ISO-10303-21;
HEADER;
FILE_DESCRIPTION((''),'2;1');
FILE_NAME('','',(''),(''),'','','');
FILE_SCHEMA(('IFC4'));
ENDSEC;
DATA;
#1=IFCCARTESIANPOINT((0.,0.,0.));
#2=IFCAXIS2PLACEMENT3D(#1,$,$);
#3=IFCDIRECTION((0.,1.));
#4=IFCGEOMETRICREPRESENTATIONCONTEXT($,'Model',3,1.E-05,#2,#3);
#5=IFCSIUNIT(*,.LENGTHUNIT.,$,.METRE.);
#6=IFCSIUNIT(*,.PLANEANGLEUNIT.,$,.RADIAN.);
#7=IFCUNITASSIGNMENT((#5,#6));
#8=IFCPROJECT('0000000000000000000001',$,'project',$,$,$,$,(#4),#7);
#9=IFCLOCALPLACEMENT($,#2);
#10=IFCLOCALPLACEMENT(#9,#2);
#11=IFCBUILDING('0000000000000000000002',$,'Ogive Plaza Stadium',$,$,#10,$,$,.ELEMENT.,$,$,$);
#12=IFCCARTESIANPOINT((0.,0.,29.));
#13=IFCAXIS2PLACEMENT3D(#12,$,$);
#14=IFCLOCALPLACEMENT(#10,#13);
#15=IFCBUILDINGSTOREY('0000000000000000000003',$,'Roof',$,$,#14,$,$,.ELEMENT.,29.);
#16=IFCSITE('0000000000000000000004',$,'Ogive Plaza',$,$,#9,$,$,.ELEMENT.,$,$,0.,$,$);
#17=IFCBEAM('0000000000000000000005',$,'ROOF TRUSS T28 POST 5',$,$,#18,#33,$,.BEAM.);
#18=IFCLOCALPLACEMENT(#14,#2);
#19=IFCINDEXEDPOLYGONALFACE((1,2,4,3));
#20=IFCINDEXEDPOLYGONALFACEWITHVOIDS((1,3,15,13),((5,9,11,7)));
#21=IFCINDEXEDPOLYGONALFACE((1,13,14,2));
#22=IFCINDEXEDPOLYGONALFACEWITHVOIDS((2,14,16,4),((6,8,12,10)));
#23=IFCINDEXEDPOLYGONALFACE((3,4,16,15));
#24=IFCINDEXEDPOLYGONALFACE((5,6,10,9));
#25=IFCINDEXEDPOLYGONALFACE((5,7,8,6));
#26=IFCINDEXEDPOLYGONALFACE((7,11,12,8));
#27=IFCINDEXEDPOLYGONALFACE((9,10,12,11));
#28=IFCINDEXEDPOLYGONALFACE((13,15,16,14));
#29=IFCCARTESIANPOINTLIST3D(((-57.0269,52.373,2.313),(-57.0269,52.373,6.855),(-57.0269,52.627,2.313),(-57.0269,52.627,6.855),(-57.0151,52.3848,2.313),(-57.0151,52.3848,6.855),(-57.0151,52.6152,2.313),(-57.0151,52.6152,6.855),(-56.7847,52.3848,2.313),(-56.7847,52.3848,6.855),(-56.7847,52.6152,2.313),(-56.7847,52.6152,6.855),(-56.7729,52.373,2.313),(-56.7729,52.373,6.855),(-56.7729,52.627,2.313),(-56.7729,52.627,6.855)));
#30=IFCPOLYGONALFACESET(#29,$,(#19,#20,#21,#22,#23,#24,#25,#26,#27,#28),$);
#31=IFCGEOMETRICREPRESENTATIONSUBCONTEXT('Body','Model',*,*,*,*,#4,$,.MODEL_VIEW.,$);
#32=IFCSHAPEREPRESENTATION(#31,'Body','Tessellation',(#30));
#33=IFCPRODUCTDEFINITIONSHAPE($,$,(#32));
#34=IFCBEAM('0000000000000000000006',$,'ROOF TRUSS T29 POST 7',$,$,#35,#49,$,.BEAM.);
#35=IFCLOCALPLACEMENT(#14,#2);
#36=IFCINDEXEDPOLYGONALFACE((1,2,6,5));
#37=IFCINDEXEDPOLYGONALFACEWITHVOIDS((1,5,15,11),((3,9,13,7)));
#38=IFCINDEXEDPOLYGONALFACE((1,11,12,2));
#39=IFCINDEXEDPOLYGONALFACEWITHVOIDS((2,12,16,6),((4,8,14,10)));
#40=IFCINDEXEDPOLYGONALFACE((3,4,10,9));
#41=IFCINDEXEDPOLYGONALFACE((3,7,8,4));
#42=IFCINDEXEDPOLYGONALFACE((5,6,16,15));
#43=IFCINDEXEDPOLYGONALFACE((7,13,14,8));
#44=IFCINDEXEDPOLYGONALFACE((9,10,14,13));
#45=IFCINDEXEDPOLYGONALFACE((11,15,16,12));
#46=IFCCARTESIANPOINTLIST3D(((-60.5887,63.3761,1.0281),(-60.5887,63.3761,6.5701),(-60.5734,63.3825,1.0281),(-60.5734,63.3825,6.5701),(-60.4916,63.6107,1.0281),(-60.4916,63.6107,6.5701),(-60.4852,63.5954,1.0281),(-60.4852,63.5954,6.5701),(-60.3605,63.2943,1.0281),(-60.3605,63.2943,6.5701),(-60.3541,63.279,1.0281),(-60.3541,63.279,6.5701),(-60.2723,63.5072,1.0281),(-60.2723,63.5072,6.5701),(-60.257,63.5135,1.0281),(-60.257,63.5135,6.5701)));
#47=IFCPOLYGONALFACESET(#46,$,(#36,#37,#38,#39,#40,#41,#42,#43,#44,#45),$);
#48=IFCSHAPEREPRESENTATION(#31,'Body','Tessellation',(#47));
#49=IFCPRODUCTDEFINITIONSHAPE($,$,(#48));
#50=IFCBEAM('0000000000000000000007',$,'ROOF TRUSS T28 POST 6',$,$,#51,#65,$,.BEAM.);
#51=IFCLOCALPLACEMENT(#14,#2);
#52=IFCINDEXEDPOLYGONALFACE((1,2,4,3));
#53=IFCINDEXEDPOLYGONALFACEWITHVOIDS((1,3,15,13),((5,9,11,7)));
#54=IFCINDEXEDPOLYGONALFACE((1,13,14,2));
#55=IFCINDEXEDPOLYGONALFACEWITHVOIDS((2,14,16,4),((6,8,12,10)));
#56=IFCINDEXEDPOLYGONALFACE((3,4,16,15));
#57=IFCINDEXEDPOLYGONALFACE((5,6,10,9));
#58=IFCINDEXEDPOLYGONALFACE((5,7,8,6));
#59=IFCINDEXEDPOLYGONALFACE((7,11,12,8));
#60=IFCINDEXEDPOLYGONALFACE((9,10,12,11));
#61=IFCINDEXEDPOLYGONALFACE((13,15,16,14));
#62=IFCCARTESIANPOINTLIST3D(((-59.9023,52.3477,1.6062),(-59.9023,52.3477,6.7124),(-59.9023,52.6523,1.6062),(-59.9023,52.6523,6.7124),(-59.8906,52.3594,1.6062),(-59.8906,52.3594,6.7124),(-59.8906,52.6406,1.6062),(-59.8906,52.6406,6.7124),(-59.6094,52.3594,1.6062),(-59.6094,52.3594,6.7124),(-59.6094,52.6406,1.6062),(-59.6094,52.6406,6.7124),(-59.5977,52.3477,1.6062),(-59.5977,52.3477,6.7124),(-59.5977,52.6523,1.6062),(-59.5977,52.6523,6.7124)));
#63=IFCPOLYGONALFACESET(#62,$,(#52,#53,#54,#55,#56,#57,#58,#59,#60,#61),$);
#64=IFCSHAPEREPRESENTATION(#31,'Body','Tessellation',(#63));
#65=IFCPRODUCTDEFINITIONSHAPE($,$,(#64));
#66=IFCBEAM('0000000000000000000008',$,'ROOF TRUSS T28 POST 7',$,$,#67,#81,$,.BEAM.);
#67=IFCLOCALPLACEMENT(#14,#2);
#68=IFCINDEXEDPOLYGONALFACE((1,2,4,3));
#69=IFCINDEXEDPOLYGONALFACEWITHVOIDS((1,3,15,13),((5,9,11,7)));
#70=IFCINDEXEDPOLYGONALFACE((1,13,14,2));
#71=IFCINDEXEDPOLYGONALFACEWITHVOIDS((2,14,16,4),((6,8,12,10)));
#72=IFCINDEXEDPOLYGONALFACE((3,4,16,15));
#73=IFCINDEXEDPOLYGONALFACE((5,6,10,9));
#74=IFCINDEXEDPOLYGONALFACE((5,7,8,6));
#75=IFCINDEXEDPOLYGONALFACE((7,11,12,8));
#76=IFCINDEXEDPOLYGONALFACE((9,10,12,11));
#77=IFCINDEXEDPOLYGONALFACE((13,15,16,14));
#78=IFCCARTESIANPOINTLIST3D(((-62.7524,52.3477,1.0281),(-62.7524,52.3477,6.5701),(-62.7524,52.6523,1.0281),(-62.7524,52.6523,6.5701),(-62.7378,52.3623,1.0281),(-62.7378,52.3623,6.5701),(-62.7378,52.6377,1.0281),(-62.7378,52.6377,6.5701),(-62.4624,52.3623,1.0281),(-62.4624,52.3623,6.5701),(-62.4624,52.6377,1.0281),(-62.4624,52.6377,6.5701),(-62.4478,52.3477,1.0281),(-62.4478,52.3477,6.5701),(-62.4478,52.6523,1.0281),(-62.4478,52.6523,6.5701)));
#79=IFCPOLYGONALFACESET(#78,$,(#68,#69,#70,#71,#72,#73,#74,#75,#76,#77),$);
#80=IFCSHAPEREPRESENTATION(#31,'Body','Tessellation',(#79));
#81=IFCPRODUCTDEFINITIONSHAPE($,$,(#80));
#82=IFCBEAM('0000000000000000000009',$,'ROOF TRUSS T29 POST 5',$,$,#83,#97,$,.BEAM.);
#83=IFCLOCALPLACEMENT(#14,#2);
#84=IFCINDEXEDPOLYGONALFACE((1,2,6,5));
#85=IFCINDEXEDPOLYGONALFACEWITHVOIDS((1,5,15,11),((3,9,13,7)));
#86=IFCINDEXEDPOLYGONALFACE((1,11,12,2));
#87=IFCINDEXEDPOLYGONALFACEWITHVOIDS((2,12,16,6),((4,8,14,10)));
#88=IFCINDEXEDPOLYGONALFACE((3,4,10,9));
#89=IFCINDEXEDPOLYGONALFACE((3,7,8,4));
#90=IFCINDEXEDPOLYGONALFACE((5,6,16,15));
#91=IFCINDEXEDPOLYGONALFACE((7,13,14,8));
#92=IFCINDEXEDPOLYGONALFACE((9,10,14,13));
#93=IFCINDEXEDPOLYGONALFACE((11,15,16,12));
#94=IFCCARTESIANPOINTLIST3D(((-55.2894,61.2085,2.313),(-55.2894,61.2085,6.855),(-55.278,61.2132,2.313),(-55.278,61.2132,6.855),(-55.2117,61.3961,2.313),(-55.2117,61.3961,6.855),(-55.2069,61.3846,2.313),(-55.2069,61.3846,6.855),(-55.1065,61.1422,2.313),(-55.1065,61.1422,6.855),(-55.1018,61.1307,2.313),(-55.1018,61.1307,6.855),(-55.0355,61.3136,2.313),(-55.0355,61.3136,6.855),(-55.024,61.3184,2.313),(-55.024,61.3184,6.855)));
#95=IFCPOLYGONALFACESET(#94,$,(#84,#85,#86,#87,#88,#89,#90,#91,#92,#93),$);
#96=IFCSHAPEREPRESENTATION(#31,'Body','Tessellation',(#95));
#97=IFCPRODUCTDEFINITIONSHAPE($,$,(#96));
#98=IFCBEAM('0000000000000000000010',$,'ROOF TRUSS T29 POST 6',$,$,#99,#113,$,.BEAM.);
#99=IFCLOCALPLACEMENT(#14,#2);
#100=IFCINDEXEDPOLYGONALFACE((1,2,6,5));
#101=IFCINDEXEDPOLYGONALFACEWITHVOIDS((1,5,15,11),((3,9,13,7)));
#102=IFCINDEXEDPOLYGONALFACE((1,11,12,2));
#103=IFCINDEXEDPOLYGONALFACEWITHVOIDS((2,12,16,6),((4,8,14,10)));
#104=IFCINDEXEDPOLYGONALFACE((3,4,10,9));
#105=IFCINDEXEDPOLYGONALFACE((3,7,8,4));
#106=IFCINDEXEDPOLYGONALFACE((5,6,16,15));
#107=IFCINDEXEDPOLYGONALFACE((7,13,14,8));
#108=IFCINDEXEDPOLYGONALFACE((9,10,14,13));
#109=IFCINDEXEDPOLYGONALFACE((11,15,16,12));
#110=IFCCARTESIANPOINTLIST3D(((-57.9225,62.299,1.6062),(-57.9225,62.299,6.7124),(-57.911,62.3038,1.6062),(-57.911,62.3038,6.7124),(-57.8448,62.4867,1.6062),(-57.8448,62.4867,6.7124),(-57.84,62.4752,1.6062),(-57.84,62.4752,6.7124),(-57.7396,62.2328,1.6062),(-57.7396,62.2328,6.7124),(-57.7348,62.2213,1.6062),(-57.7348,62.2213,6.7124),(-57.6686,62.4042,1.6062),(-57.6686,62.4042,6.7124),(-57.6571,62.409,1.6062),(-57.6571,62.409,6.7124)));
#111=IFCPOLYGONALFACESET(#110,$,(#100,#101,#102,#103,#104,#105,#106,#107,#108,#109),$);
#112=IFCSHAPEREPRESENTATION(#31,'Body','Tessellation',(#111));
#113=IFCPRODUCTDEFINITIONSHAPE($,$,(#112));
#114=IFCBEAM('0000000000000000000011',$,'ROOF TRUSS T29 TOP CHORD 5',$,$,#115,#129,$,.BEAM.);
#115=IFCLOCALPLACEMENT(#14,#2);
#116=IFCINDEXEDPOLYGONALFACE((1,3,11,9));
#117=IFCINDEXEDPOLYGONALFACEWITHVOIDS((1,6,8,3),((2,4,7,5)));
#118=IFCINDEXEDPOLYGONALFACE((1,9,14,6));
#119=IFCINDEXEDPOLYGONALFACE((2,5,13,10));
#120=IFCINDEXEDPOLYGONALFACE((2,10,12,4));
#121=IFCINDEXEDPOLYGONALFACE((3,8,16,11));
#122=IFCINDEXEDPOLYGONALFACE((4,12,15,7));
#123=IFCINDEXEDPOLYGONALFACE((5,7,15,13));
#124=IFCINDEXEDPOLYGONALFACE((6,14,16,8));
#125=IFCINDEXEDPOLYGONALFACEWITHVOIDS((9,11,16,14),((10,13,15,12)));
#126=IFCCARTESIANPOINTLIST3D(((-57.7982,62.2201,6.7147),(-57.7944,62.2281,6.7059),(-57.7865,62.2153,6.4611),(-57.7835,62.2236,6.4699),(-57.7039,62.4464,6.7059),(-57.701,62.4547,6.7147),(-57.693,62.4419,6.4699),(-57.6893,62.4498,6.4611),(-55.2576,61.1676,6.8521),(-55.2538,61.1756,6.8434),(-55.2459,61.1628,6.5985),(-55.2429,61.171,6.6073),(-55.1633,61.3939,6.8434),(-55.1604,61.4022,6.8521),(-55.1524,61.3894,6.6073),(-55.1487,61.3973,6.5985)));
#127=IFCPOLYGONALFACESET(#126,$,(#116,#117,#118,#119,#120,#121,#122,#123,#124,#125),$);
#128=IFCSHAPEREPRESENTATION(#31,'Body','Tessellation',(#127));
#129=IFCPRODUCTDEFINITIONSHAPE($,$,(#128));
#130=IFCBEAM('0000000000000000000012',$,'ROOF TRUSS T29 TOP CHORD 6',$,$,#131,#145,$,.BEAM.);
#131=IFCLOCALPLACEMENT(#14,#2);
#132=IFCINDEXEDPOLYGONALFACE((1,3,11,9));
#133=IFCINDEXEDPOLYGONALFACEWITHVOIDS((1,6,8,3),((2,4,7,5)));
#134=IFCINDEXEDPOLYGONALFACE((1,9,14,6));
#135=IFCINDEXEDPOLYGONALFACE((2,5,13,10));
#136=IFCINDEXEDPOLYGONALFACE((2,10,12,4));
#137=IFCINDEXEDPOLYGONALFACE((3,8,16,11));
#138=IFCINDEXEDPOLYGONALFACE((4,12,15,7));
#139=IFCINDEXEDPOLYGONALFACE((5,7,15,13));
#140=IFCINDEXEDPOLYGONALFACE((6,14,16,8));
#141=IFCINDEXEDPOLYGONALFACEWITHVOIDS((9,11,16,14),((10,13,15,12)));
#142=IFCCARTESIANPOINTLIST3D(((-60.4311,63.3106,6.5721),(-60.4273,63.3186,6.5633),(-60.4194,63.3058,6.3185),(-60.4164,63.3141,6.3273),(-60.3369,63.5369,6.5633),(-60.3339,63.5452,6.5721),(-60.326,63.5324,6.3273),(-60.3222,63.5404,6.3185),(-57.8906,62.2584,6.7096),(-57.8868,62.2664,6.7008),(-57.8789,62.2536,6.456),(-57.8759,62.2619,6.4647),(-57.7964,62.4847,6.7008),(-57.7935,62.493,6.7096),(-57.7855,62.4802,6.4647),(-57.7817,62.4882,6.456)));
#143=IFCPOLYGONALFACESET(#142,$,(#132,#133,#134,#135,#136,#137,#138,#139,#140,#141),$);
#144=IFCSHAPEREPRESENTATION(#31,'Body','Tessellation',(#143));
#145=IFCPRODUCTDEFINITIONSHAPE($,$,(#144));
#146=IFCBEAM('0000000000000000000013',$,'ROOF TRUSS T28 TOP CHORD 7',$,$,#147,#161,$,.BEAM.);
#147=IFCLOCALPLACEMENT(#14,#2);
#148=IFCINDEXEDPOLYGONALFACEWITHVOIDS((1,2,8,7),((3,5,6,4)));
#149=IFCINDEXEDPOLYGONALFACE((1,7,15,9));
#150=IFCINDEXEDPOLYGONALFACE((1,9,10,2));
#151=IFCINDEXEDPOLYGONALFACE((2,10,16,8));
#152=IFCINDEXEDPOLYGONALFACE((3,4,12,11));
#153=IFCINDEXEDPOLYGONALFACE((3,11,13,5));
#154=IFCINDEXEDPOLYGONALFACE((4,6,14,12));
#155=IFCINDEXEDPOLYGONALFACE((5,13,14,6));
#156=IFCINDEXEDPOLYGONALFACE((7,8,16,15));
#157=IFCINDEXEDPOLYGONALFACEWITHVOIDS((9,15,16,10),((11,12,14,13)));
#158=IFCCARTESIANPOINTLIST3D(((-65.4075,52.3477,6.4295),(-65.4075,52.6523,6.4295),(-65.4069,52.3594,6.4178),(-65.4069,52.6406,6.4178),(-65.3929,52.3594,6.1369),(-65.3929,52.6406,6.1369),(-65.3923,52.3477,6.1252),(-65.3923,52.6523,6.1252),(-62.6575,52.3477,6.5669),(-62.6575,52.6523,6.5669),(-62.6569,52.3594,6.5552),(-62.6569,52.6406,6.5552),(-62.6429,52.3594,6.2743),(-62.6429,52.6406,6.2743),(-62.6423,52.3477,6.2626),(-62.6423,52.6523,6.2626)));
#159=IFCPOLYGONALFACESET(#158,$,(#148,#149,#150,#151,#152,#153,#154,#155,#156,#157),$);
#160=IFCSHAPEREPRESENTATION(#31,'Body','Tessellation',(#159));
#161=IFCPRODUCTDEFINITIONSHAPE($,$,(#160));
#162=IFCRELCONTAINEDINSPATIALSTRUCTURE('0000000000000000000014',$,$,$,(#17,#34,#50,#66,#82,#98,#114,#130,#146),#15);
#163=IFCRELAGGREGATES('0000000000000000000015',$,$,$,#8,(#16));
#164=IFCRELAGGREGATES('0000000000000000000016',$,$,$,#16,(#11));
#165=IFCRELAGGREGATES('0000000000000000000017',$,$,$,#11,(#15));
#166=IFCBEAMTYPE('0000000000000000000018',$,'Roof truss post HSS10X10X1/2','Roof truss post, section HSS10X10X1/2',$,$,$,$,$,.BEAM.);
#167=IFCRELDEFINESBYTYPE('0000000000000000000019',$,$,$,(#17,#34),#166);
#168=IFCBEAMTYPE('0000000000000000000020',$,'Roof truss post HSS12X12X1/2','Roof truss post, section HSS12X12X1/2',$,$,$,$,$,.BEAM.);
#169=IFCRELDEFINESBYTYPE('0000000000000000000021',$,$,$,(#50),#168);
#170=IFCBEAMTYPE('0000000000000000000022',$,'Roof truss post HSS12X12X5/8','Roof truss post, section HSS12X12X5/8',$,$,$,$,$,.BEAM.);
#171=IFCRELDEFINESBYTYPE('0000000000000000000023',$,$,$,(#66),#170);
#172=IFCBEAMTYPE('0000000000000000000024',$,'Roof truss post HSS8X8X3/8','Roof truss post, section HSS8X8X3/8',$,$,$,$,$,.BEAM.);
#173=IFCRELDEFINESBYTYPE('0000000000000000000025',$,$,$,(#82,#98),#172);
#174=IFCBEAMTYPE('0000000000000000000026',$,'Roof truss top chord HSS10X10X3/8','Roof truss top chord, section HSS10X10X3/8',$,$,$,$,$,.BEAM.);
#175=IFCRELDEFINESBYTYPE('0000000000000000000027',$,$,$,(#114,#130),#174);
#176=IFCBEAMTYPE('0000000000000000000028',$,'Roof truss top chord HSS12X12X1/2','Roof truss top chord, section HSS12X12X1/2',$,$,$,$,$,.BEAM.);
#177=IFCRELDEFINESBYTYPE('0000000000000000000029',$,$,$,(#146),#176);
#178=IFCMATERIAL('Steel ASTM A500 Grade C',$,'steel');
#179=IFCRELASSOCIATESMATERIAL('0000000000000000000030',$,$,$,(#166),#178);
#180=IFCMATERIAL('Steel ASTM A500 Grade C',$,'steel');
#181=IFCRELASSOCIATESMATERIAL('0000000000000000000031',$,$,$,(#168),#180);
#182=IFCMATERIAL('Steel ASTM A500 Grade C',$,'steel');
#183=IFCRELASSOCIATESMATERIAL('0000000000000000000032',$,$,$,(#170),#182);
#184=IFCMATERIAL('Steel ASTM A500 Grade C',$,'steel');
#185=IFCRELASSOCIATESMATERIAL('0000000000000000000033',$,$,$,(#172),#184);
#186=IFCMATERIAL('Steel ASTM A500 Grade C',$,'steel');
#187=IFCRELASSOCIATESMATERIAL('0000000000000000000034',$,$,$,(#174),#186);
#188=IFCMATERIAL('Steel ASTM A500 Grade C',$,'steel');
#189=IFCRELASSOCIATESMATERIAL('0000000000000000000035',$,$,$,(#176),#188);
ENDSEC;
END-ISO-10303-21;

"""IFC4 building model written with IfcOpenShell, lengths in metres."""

from ifc_helpers import new_model, si_unit, direction, frame, origin, origin_2d, place, context, subcontext, project, spatial, hollow_rectangle, extrude, material, material_profile, profile_set, type_object, element, save


model = new_model("IFC4")

# Units and contexts
model_context = context("Model", 3, precision=1e-05, world=origin(), true_north=direction((0.0, 1.0)))
body_context = subcontext(model_context, "Body", "Model", "MODEL_VIEW")
ifc_project = project(units=[si_unit("LENGTHUNIT", "METRE"), si_unit("PLANEANGLEUNIT", "RADIAN")], contexts=[model_context])

# Site, building, storey
site_placement = place(None, origin())
site = spatial("IfcSite", under=ifc_project, at=site_placement, Name="Ogive Plaza", CompositionType="ELEMENT", RefElevation=0.0)
building_placement = place(site_placement, origin())
building = spatial("IfcBuilding", under=site, at=building_placement, Name="Ogive Plaza Stadium", CompositionType="ELEMENT")
storey_placement = place(building_placement, frame((0.0, 0.0, 29.0)))
storey = spatial("IfcBuildingStorey", under=building, at=storey_placement, Name="Roof", CompositionType="ELEMENT", Elevation=29.0)

# Beams
ifc_material_1 = material(Name="Steel ASTM A500 Grade C", Category="steel")
ifc_material_profile_1 = material_profile(ifc_material_1, hollow_rectangle(XDim=0.2539, YDim=0.2539, WallThickness=0.0117, at=origin_2d()), Name="HSS10X10X1/2")
ifc_profile_set_1 = profile_set([ifc_material_profile_1], Name="Steel ASTM A500 Grade C")
beam_type_1 = type_object("IfcBeamType", Name="Roof truss post HSS10X10X1/2", Description="Roof truss post, section HSS10X10X1/2", PredefinedType="BEAM", material=ifc_profile_set_1)
beam_1_placement = place(storey_placement, frame((-56.8999, 52.5, 2.313), z_axis=(0.0, 0.0, 1.0), x_axis=(0.0, -1.0, 0.0)))
element("IfcBeam", 1, at=beam_1_placement, inside=storey, type_object=beam_type_1, Name="ROOF TRUSS T28 POST 5", PredefinedType="BEAM", context=body_context, shape_type="SweptSolid", body=[
    extrude(hollow_rectangle(XDim=0.2539, YDim=0.2539, WallThickness=0.0117, at=origin_2d()), origin(), (0.0, 0.0, 1.0), 4.542),
])
beam_2_placement = place(storey_placement, frame((-60.4229, 63.4448, 1.0281), z_axis=(0.0, 0.0, 1.0), x_axis=(-0.382683, -0.92388, 0.0)))
element("IfcBeam", 2, at=beam_2_placement, inside=storey, type_object=beam_type_1, Name="ROOF TRUSS T29 POST 7", PredefinedType="BEAM", context=body_context, shape_type="SweptSolid", body=[
    extrude(hollow_rectangle(XDim=0.2539, YDim=0.2539, WallThickness=0.0117, at=origin_2d()), origin(), (0.0, 0.0, 1.0), 5.542),
])
ifc_material_2 = material(Name="Steel ASTM A500 Grade C", Category="steel")
ifc_material_profile_2 = material_profile(ifc_material_2, hollow_rectangle(XDim=0.3047, YDim=0.3047, WallThickness=0.0117, at=origin_2d()), Name="HSS12X12X1/2")
ifc_profile_set_2 = profile_set([ifc_material_profile_2], Name="Steel ASTM A500 Grade C")
beam_type_2 = type_object("IfcBeamType", Name="Roof truss post HSS12X12X1/2", Description="Roof truss post, section HSS12X12X1/2", PredefinedType="BEAM", material=ifc_profile_set_2)
beam_3_placement = place(storey_placement, frame((-59.75, 52.5, 1.6062), z_axis=(0.0, 0.0, 1.0), x_axis=(0.0, -1.0, 0.0)))
element("IfcBeam", 3, at=beam_3_placement, inside=storey, type_object=beam_type_2, Name="ROOF TRUSS T28 POST 6", PredefinedType="BEAM", context=body_context, shape_type="SweptSolid", body=[
    extrude(hollow_rectangle(XDim=0.3047, YDim=0.3047, WallThickness=0.0117, at=origin_2d()), origin(), (0.0, 0.0, 1.0), 5.1062),
])
ifc_material_3 = material(Name="Steel ASTM A500 Grade C", Category="steel")
ifc_material_profile_3 = material_profile(ifc_material_3, hollow_rectangle(XDim=0.3047, YDim=0.3047, WallThickness=0.0146, at=origin_2d()), Name="HSS12X12X5/8")
ifc_profile_set_3 = profile_set([ifc_material_profile_3], Name="Steel ASTM A500 Grade C")
beam_type_3 = type_object("IfcBeamType", Name="Roof truss post HSS12X12X5/8", Description="Roof truss post, section HSS12X12X5/8", PredefinedType="BEAM", material=ifc_profile_set_3)
beam_4_placement = place(storey_placement, frame((-62.6001, 52.5, 1.0281), z_axis=(0.0, 0.0, 1.0), x_axis=(0.0, -1.0, 0.0)))
element("IfcBeam", 4, at=beam_4_placement, inside=storey, type_object=beam_type_3, Name="ROOF TRUSS T28 POST 7", PredefinedType="BEAM", context=body_context, shape_type="SweptSolid", body=[
    extrude(hollow_rectangle(XDim=0.3047, YDim=0.3047, WallThickness=0.0146, at=origin_2d()), origin(), (0.0, 0.0, 1.0), 5.542),
])
ifc_material_4 = material(Name="Steel ASTM A500 Grade C", Category="steel")
ifc_material_profile_4 = material_profile(ifc_material_4, hollow_rectangle(XDim=0.2031, YDim=0.2031, WallThickness=0.0088, at=origin_2d()), Name="HSS8X8X3/8")
ifc_profile_set_4 = profile_set([ifc_material_profile_4], Name="Steel ASTM A500 Grade C")
beam_type_4 = type_object("IfcBeamType", Name="Roof truss post HSS8X8X3/8", Description="Roof truss post, section HSS8X8X3/8", PredefinedType="BEAM", material=ifc_profile_set_4)
beam_5_placement = place(storey_placement, frame((-55.1567, 61.2634, 2.313), z_axis=(0.0, 0.0, 1.0), x_axis=(-0.382683, -0.92388, 0.0)))
element("IfcBeam", 5, at=beam_5_placement, inside=storey, type_object=beam_type_4, Name="ROOF TRUSS T29 POST 5", PredefinedType="BEAM", context=body_context, shape_type="SweptSolid", body=[
    extrude(hollow_rectangle(XDim=0.2031, YDim=0.2031, WallThickness=0.0088, at=origin_2d()), origin(), (0.0, 0.0, 1.0), 4.542),
])
beam_6_placement = place(storey_placement, frame((-57.7898, 62.354, 1.6062), z_axis=(0.0, 0.0, 1.0), x_axis=(-0.382683, -0.92388, 0.0)))
element("IfcBeam", 6, at=beam_6_placement, inside=storey, type_object=beam_type_4, Name="ROOF TRUSS T29 POST 6", PredefinedType="BEAM", context=body_context, shape_type="SweptSolid", body=[
    extrude(hollow_rectangle(XDim=0.2031, YDim=0.2031, WallThickness=0.0088, at=origin_2d()), origin(), (0.0, 0.0, 1.0), 5.1062),
])
ifc_material_5 = material(Name="Steel ASTM A500 Grade C", Category="steel")
ifc_material_profile_5 = material_profile(ifc_material_5, hollow_rectangle(XDim=0.2539, YDim=0.2539, WallThickness=0.0088, at=origin_2d()), Name="HSS10X10X3/8")
ifc_profile_set_5 = profile_set([ifc_material_profile_5], Name="Steel ASTM A500 Grade C")
beam_type_5 = type_object("IfcBeamType", Name="Roof truss top chord HSS10X10X3/8", Description="Roof truss top chord, section HSS10X10X3/8", PredefinedType="BEAM", material=ifc_profile_set_5)
beam_7_placement = place(storey_placement, frame((-55.2031, 61.2825, 6.7253), z_axis=(-0.922706, 0.382259, -0.049922), x_axis=(-0.382736, -0.923858, 0.0)))
element("IfcBeam", 7, at=beam_7_placement, inside=storey, type_object=beam_type_5, Name="ROOF TRUSS T29 TOP CHORD 5", PredefinedType="BEAM", context=body_context, shape_type="SweptSolid", body=[
    extrude(hollow_rectangle(XDim=0.2539, YDim=0.2539, WallThickness=0.0088, at=origin_2d()), origin(), (0.0, 0.0, 1.0), 2.7534),
])
beam_8_placement = place(storey_placement, frame((-57.8362, 62.3733, 6.5828), z_axis=(-0.922737, 0.382183, -0.049923), x_axis=(-0.38266, -0.923889, 0.0)))
element("IfcBeam", 8, at=beam_8_placement, inside=storey, type_object=beam_type_5, Name="ROOF TRUSS T29 TOP CHORD 6", PredefinedType="BEAM", context=body_context, shape_type="SweptSolid", body=[
    extrude(hollow_rectangle(XDim=0.2539, YDim=0.2539, WallThickness=0.0088, at=origin_2d()), origin(), (0.0, 0.0, 1.0), 2.7532),
])
ifc_material_6 = material(Name="Steel ASTM A500 Grade C", Category="steel")
ifc_material_profile_6 = material_profile(ifc_material_6, hollow_rectangle(XDim=0.3047, YDim=0.3047, WallThickness=0.0117, at=origin_2d()), Name="HSS12X12X1/2")
ifc_profile_set_6 = profile_set([ifc_material_profile_6], Name="Steel ASTM A500 Grade C")
beam_type_6 = type_object("IfcBeamType", Name="Roof truss top chord HSS12X12X1/2", Description="Roof truss top chord, section HSS12X12X1/2", PredefinedType="BEAM", material=ifc_profile_set_6)
beam_9_placement = place(storey_placement, frame((-62.6499, 52.5, 6.4148), z_axis=(-0.998753, 0.0, -0.04992), x_axis=(0.0, -1.0, 0.0)))
element("IfcBeam", 9, at=beam_9_placement, inside=storey, type_object=beam_type_6, Name="ROOF TRUSS T28 TOP CHORD 7", PredefinedType="BEAM", context=body_context, shape_type="SweptSolid", body=[
    extrude(hollow_rectangle(XDim=0.3047, YDim=0.3047, WallThickness=0.0117, at=origin_2d()), origin(), (0.0, 0.0, 1.0), 2.7534),
])

save(model, "model.ifc")
